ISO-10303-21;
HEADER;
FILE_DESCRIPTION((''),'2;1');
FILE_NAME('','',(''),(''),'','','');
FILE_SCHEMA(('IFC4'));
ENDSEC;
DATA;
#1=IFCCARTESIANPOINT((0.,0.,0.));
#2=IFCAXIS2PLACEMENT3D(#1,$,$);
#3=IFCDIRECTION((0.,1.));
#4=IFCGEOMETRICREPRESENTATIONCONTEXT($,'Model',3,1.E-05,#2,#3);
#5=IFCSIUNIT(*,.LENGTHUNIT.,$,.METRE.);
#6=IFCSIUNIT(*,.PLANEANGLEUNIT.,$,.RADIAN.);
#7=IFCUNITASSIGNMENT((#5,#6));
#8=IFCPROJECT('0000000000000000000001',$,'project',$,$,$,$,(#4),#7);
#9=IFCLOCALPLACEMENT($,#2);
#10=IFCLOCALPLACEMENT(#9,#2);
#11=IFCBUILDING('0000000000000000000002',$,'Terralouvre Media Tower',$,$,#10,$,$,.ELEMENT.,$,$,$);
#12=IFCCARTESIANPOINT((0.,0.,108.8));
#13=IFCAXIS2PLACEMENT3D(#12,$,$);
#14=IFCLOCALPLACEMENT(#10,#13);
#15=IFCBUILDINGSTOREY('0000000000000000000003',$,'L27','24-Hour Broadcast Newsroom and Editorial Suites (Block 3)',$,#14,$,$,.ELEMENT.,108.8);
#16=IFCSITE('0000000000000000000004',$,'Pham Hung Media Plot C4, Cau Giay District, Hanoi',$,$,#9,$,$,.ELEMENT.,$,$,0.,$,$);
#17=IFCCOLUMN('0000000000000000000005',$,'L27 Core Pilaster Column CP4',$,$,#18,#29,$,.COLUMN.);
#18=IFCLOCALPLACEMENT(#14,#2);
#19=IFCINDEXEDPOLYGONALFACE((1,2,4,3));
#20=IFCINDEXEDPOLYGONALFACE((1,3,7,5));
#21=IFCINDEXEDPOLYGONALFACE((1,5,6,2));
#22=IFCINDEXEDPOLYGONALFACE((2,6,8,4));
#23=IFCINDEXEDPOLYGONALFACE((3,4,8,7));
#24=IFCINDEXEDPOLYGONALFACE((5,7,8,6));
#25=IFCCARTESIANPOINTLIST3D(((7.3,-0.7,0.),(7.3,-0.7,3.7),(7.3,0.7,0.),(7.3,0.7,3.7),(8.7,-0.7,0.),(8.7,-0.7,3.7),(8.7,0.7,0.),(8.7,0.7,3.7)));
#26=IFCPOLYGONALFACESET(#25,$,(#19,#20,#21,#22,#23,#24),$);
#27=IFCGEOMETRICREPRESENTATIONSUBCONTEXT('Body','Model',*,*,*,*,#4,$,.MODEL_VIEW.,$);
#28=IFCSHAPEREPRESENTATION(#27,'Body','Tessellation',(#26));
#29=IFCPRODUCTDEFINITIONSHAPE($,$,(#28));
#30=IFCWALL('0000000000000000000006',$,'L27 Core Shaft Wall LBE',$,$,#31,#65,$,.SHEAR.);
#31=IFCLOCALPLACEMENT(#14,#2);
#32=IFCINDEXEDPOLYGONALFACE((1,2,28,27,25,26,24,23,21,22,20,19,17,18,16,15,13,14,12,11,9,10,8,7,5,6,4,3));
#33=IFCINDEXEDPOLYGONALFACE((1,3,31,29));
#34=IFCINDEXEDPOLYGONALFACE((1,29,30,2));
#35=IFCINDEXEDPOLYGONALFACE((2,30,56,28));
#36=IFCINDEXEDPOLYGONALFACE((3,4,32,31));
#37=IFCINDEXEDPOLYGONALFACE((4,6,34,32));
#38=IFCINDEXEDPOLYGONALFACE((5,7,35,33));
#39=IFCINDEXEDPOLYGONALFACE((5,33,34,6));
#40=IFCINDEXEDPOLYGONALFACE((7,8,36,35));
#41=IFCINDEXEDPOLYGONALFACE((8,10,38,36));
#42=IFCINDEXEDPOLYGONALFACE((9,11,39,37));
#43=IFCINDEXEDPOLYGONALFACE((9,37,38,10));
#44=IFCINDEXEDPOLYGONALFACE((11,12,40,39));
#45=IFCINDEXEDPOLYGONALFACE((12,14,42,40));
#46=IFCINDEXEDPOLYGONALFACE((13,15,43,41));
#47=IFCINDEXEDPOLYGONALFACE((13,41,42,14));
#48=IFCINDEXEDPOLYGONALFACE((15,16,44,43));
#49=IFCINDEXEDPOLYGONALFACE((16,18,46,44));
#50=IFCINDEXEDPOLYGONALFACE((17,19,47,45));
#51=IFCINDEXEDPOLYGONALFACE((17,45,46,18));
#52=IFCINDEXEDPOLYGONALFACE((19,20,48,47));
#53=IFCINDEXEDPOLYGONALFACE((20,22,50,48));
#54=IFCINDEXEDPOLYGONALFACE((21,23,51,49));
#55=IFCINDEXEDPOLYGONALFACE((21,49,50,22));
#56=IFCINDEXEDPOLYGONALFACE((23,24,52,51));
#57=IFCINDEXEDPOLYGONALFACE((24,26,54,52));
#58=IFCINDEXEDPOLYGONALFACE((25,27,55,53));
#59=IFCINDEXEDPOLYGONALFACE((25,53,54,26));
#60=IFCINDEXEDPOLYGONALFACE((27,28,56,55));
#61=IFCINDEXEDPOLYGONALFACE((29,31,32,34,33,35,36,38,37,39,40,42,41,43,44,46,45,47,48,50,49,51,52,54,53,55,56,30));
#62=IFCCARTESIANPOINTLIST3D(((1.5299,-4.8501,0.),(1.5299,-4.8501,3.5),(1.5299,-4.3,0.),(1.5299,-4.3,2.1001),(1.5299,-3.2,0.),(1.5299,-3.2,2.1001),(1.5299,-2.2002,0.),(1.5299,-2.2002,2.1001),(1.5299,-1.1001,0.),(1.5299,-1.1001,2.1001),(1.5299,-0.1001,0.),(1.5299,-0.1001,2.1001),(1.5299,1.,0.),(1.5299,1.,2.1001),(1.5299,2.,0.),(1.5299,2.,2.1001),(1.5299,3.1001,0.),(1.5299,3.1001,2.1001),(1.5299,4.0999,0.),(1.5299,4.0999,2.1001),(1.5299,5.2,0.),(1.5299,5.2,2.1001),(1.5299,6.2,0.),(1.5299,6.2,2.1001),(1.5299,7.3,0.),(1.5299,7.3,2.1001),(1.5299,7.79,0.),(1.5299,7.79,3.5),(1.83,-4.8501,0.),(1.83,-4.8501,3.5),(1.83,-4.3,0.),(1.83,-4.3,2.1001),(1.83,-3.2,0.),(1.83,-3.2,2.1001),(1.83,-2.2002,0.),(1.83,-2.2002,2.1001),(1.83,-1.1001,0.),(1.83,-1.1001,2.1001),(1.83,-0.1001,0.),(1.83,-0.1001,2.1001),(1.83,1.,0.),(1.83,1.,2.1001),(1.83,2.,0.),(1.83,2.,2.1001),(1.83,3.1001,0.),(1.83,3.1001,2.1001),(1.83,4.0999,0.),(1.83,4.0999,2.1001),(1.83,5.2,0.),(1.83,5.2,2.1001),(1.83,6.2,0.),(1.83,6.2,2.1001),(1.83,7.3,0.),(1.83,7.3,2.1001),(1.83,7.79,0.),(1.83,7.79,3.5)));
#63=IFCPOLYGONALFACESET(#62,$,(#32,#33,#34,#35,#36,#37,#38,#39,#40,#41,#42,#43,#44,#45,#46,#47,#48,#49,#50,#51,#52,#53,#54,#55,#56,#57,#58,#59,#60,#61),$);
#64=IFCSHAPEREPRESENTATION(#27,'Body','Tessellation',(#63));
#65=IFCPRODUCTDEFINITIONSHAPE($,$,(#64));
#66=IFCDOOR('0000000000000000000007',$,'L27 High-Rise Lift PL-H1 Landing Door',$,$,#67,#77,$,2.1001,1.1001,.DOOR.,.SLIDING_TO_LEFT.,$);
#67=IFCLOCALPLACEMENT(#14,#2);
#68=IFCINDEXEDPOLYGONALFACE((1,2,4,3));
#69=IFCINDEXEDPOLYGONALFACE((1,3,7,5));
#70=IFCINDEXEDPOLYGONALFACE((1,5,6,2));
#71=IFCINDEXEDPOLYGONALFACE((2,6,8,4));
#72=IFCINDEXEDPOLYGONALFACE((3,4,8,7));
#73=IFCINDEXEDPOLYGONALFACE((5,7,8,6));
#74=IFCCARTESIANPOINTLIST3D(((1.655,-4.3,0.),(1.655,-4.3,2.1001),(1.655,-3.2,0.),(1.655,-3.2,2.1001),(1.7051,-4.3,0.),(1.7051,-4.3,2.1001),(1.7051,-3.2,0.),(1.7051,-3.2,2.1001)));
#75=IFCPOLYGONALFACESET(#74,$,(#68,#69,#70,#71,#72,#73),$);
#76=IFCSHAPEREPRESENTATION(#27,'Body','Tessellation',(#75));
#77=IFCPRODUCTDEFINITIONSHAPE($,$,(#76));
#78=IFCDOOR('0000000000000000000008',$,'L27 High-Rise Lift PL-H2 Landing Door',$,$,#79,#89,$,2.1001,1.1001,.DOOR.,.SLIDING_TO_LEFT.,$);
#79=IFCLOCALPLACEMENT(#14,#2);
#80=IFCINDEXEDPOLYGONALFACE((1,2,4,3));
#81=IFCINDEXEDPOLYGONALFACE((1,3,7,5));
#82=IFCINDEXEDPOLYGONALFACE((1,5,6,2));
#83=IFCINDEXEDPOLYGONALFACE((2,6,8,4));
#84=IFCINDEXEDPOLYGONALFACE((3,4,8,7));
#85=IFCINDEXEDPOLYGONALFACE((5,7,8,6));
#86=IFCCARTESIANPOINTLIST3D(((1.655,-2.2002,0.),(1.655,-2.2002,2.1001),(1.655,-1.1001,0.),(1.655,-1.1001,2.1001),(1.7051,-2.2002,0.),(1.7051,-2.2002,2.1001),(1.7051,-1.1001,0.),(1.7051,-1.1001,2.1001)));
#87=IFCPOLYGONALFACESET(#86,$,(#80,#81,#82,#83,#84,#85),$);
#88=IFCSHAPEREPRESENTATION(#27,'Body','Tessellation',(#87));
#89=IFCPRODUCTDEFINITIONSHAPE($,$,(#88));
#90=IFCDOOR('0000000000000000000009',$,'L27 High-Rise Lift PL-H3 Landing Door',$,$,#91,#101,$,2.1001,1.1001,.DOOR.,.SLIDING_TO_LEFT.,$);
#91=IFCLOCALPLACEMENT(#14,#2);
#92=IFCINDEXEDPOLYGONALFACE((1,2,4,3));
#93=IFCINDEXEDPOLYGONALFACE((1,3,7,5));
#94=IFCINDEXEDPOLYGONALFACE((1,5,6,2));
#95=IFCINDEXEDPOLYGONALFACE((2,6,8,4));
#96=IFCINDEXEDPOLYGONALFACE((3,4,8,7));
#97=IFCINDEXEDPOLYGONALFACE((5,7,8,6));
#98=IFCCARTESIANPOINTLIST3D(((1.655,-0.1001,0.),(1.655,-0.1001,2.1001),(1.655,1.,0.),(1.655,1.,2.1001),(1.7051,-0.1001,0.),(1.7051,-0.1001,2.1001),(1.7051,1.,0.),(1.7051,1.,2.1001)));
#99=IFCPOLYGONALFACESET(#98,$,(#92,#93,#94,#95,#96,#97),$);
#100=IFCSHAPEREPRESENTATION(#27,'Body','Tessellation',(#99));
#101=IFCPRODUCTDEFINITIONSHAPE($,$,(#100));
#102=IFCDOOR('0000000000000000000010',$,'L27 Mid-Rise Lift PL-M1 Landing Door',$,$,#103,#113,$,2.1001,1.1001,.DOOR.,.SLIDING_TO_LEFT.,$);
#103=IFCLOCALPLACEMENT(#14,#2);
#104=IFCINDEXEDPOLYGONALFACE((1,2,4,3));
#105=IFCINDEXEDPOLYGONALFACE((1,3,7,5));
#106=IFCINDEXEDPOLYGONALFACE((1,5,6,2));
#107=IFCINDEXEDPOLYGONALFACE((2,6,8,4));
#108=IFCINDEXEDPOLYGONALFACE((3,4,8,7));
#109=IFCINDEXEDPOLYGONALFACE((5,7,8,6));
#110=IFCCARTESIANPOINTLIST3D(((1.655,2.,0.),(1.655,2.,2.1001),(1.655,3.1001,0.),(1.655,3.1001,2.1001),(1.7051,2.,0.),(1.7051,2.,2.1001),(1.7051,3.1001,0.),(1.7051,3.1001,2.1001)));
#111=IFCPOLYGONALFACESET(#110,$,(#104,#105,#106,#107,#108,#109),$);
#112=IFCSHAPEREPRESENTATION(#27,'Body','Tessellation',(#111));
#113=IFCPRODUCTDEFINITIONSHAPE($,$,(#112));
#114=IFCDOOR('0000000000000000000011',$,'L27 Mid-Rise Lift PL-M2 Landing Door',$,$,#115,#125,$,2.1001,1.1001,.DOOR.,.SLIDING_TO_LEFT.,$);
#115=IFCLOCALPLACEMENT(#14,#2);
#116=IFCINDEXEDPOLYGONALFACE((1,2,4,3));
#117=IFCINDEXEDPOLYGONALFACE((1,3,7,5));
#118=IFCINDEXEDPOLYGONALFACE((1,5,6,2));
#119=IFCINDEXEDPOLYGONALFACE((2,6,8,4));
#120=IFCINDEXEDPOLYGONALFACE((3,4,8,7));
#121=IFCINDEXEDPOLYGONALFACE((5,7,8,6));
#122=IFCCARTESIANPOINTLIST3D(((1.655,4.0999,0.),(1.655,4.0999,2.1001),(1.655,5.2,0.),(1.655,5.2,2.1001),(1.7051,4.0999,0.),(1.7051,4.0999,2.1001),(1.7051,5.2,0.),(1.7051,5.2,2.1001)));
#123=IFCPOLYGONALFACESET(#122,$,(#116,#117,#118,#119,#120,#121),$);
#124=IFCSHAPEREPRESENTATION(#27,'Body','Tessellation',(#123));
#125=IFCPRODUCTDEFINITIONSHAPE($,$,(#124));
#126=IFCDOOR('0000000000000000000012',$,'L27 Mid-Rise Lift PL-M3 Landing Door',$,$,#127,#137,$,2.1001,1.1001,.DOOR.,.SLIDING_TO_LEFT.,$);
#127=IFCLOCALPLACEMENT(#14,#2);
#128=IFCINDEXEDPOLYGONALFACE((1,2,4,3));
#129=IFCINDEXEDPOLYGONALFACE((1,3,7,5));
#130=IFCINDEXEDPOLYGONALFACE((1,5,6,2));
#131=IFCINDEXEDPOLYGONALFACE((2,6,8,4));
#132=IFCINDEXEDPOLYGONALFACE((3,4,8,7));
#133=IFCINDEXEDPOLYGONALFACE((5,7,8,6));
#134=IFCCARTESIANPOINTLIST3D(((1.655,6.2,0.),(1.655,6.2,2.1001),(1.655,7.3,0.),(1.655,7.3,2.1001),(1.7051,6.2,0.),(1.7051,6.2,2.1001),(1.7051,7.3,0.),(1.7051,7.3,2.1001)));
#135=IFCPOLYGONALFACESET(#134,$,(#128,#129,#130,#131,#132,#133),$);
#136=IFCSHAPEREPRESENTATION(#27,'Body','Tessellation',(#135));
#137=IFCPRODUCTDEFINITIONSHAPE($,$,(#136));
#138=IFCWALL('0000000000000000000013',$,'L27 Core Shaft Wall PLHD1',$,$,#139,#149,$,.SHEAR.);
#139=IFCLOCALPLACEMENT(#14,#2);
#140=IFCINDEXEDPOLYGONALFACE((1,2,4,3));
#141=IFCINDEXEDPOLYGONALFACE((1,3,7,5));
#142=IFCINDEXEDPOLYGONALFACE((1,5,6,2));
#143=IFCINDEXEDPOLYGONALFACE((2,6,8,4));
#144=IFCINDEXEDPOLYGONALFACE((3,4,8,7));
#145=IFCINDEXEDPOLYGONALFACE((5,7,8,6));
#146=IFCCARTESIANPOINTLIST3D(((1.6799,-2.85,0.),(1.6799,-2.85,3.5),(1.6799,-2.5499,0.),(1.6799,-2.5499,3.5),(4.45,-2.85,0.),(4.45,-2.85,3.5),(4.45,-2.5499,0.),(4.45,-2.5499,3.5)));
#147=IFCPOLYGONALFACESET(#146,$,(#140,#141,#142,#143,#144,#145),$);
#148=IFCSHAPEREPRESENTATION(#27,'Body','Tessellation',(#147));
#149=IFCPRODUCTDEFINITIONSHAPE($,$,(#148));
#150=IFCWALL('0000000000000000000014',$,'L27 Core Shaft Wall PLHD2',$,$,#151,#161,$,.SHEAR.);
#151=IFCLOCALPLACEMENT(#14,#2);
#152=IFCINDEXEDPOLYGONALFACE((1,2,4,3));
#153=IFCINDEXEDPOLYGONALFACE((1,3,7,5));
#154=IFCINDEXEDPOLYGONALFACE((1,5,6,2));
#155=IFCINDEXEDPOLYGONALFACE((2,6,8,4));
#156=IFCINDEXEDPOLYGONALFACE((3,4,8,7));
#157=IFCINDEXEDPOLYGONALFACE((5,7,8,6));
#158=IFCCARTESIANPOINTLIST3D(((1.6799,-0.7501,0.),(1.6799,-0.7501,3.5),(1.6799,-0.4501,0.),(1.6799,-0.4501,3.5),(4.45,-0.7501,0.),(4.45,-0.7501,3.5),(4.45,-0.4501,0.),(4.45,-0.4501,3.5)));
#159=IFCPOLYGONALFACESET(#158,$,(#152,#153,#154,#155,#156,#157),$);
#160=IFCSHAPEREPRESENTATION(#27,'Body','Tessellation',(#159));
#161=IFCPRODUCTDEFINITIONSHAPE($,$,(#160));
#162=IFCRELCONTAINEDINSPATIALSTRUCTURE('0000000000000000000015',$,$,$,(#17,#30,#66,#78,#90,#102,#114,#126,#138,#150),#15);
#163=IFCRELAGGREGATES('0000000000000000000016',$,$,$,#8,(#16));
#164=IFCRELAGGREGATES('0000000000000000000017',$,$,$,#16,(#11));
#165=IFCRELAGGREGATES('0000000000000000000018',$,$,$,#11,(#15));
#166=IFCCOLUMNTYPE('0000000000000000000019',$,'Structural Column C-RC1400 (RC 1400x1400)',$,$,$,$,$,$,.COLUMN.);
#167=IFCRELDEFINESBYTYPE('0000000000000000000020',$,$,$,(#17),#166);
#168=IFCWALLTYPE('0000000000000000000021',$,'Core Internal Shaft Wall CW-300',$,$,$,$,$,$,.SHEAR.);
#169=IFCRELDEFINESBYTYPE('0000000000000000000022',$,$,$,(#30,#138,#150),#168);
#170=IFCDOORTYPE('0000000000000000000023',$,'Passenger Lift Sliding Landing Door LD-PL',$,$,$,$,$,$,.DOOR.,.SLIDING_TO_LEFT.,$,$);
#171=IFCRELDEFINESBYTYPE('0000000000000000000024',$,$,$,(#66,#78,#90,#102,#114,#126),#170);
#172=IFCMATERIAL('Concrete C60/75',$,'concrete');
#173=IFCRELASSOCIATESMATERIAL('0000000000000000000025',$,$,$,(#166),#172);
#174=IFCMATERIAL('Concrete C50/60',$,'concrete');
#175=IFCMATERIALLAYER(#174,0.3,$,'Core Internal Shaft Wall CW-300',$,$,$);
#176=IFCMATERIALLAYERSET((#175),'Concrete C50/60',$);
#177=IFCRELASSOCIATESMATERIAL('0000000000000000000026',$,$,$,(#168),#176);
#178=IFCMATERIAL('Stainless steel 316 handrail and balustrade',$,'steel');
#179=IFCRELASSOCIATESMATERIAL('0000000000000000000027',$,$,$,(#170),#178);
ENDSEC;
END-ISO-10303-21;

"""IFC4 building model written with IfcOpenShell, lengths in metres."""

from ifc_helpers import new_model, si_unit, direction, frame, frame_2d, origin, origin_2d, place, context, subcontext, project, spatial, rectangle, extrude, material, layer, layer_set, material_profile, profile_set, type_object, element, fill, save


model = new_model("IFC4")

# Units and contexts
model_context = context("Model", 3, precision=1e-05, world=origin(), true_north=direction((0.0, 1.0)))
body_context = subcontext(model_context, "Body", "Model", "MODEL_VIEW")
ifc_project = project(units=[si_unit("LENGTHUNIT", "METRE"), si_unit("PLANEANGLEUNIT", "RADIAN")], contexts=[model_context])

# Site, building, storey
site_placement = place(None, origin())
site = spatial("IfcSite", under=ifc_project, at=site_placement, Name="Pham Hung Media Plot C4, Cau Giay District, Hanoi", CompositionType="ELEMENT", RefElevation=0.0)
building_placement = place(site_placement, origin())
building = spatial("IfcBuilding", under=site, at=building_placement, Name="Terralouvre Media Tower", CompositionType="ELEMENT")
storey_placement = place(building_placement, frame((0.0, 0.0, 108.8)))
storey = spatial("IfcBuildingStorey", under=building, at=storey_placement, Name="L27", Description="24-Hour Broadcast Newsroom and Editorial Suites (Block 3)", CompositionType="ELEMENT", Elevation=108.8)

# Column
ifc_material_1 = material(Name="Concrete C60/75", Category="concrete")
ifc_material_profile = material_profile(ifc_material_1, rectangle(XDim=1.3999, YDim=1.3999, at=origin_2d()), Name="RC 1400x1400")
ifc_profile_set = profile_set([ifc_material_profile], Name="Concrete C60/75")
column_type = type_object("IfcColumnType", Name="Structural Column C-RC1400 (RC 1400x1400)", PredefinedType="COLUMN", material=ifc_profile_set)
column_placement = place(storey_placement, frame((8.0, 0.0, 0.0), z_axis=(0.0, 0.0, 1.0), x_axis=(1.0, 0.0, 0.0)))
element("IfcColumn", 1, at=column_placement, inside=storey, type_object=column_type, Name="L27 Core Pilaster Column CP4", PredefinedType="COLUMN", context=body_context, shape_type="SweptSolid", body=[
    extrude(rectangle(XDim=1.3999, YDim=1.3999, at=origin_2d()), origin(), (0.0, 0.0, 1.0), 3.7),
])

# Shared definitions
ifc_material_2 = material(Name="Concrete C50/60", Category="concrete")
ifc_layer_1 = layer(ifc_material_2, 0.3, Name="Core Internal Shaft Wall CW-300")
ifc_layer_set_1 = layer_set([ifc_layer_1], Name="Concrete C50/60")
wall_type = type_object("IfcWallType", Name="Core Internal Shaft Wall CW-300", PredefinedType="SHEAR", material=ifc_layer_set_1)

# Wall, openings, doors
wall_1_placement = place(storey_placement, frame((1.6799, -4.8501, 0.0), z_axis=(0.0, 0.0, 1.0), x_axis=(0.0, 1.0, 0.0)))
wall_1 = element("IfcWall", 2, at=wall_1_placement, inside=storey, type_object=wall_type, Name="L27 Core Shaft Wall LBE", PredefinedType="SHEAR", context=body_context, shape_type="SweptSolid", body=[
    extrude(rectangle(XDim=12.6401, YDim=0.3, at=frame_2d((6.3201, 0.0))), origin(), (0.0, 0.0, 1.0), 3.5),
])
opening_1_placement = place(wall_1_placement, frame((0.55, 0.0, 0.0)))
opening_1 = element("IfcOpeningElement", 3, at=opening_1_placement, cuts=wall_1, PredefinedType="OPENING", context=body_context, shape_type="SweptSolid", body=[
    extrude(rectangle(XDim=1.1001, YDim=2.1001, at=frame_2d((0.55, 1.05))), frame((0.0, 0.1599, 0.0), z_axis=(0.0, -1.0, 0.0), x_axis=(1.0, 0.0, 0.0)), (0.0, 0.0, 1.0), 0.3201),
])
opening_2_placement = place(wall_1_placement, frame((2.6499, 0.0, 0.0)))
opening_2 = element("IfcOpeningElement", 4, at=opening_2_placement, cuts=wall_1, PredefinedType="OPENING", context=body_context, shape_type="SweptSolid", body=[
    extrude(rectangle(XDim=1.1001, YDim=2.1001, at=frame_2d((0.55, 1.05))), frame((0.0, 0.1599, 0.0), z_axis=(0.0, -1.0, 0.0), x_axis=(1.0, 0.0, 0.0)), (0.0, 0.0, 1.0), 0.3201),
])
opening_3_placement = place(wall_1_placement, frame((4.75, 0.0, 0.0)))
opening_3 = element("IfcOpeningElement", 5, at=opening_3_placement, cuts=wall_1, PredefinedType="OPENING", context=body_context, shape_type="SweptSolid", body=[
    extrude(rectangle(XDim=1.1001, YDim=2.1001, at=frame_2d((0.55, 1.05))), frame((0.0, 0.1599, 0.0), z_axis=(0.0, -1.0, 0.0), x_axis=(1.0, 0.0, 0.0)), (0.0, 0.0, 1.0), 0.3201),
])
opening_4_placement = place(wall_1_placement, frame((6.8501, 0.0, 0.0)))
opening_4 = element("IfcOpeningElement", 6, at=opening_4_placement, cuts=wall_1, PredefinedType="OPENING", context=body_context, shape_type="SweptSolid", body=[
    extrude(rectangle(XDim=1.1001, YDim=2.1001, at=frame_2d((0.55, 1.05))), frame((0.0, 0.1599, 0.0), z_axis=(0.0, -1.0, 0.0), x_axis=(1.0, 0.0, 0.0)), (0.0, 0.0, 1.0), 0.3201),
])
opening_5_placement = place(wall_1_placement, frame((8.95, 0.0, 0.0)))
opening_5 = element("IfcOpeningElement", 7, at=opening_5_placement, cuts=wall_1, PredefinedType="OPENING", context=body_context, shape_type="SweptSolid", body=[
    extrude(rectangle(XDim=1.1001, YDim=2.1001, at=frame_2d((0.55, 1.05))), frame((0.0, 0.1599, 0.0), z_axis=(0.0, -1.0, 0.0), x_axis=(1.0, 0.0, 0.0)), (0.0, 0.0, 1.0), 0.3201),
])
opening_6_placement = place(wall_1_placement, frame((11.05, 0.0, 0.0)))
opening_6 = element("IfcOpeningElement", 8, at=opening_6_placement, cuts=wall_1, PredefinedType="OPENING", context=body_context, shape_type="SweptSolid", body=[
    extrude(rectangle(XDim=1.1001, YDim=2.1001, at=frame_2d((0.55, 1.05))), frame((0.0, 0.1599, 0.0), z_axis=(0.0, -1.0, 0.0), x_axis=(1.0, 0.0, 0.0)), (0.0, 0.0, 1.0), 0.3201),
])
ifc_material_3 = material(Name="Stainless steel 316 handrail and balustrade", Category="steel")
door_type_1 = type_object("IfcDoorType", Name="Passenger Lift Sliding Landing Door LD-PL", OperationType="SLIDING_TO_LEFT", PredefinedType="DOOR", material=ifc_material_3)
door_1_placement = place(opening_1_placement, origin())
door_1 = element("IfcDoor", 9, at=door_1_placement, inside=storey, type_object=door_type_1, Name="L27 High-Rise Lift PL-H1 Landing Door", OperationType="SLIDING_TO_LEFT", OverallHeight=2.1001, OverallWidth=1.1001, PredefinedType="DOOR", context=body_context, shape_type="SweptSolid", body=[
    extrude(rectangle(XDim=1.1001, YDim=2.1001, at=frame_2d((0.55, 1.05))), frame((0.0, 0.0249, 0.0), z_axis=(0.0, -1.0, 0.0), x_axis=(1.0, 0.0, 0.0)), (0.0, 0.0, 1.0), 0.05),
])
fill(opening_1, door_1)
door_2_placement = place(opening_2_placement, origin())
door_2 = element("IfcDoor", 10, at=door_2_placement, inside=storey, type_object=door_type_1, Name="L27 High-Rise Lift PL-H2 Landing Door", OperationType="SLIDING_TO_LEFT", OverallHeight=2.1001, OverallWidth=1.1001, PredefinedType="DOOR", context=body_context, shape_type="SweptSolid", body=[
    extrude(rectangle(XDim=1.1001, YDim=2.1001, at=frame_2d((0.55, 1.05))), frame((0.0, 0.0249, 0.0), z_axis=(0.0, -1.0, 0.0), x_axis=(1.0, 0.0, 0.0)), (0.0, 0.0, 1.0), 0.05),
])
fill(opening_2, door_2)
door_3_placement = place(opening_3_placement, origin())
door_3 = element("IfcDoor", 11, at=door_3_placement, inside=storey, type_object=door_type_1, Name="L27 High-Rise Lift PL-H3 Landing Door", OperationType="SLIDING_TO_LEFT", OverallHeight=2.1001, OverallWidth=1.1001, PredefinedType="DOOR", context=body_context, shape_type="SweptSolid", body=[
    extrude(rectangle(XDim=1.1001, YDim=2.1001, at=frame_2d((0.55, 1.05))), frame((0.0, 0.0249, 0.0), z_axis=(0.0, -1.0, 0.0), x_axis=(1.0, 0.0, 0.0)), (0.0, 0.0, 1.0), 0.05),
])
fill(opening_3, door_3)
door_4_placement = place(opening_4_placement, origin())
door_4 = element("IfcDoor", 12, at=door_4_placement, inside=storey, type_object=door_type_1, Name="L27 Mid-Rise Lift PL-M1 Landing Door", OperationType="SLIDING_TO_LEFT", OverallHeight=2.1001, OverallWidth=1.1001, PredefinedType="DOOR", context=body_context, shape_type="SweptSolid", body=[
    extrude(rectangle(XDim=1.1001, YDim=2.1001, at=frame_2d((0.55, 1.05))), frame((0.0, 0.0249, 0.0), z_axis=(0.0, -1.0, 0.0), x_axis=(1.0, 0.0, 0.0)), (0.0, 0.0, 1.0), 0.05),
])
fill(opening_4, door_4)
door_5_placement = place(opening_5_placement, origin())
door_5 = element("IfcDoor", 13, at=door_5_placement, inside=storey, type_object=door_type_1, Name="L27 Mid-Rise Lift PL-M2 Landing Door", OperationType="SLIDING_TO_LEFT", OverallHeight=2.1001, OverallWidth=1.1001, PredefinedType="DOOR", context=body_context, shape_type="SweptSolid", body=[
    extrude(rectangle(XDim=1.1001, YDim=2.1001, at=frame_2d((0.55, 1.05))), frame((0.0, 0.0249, 0.0), z_axis=(0.0, -1.0, 0.0), x_axis=(1.0, 0.0, 0.0)), (0.0, 0.0, 1.0), 0.05),
])
fill(opening_5, door_5)
door_6_placement = place(opening_6_placement, origin())
door_6 = element("IfcDoor", 14, at=door_6_placement, inside=storey, type_object=door_type_1, Name="L27 Mid-Rise Lift PL-M3 Landing Door", OperationType="SLIDING_TO_LEFT", OverallHeight=2.1001, OverallWidth=1.1001, PredefinedType="DOOR", context=body_context, shape_type="SweptSolid", body=[
    extrude(rectangle(XDim=1.1001, YDim=2.1001, at=frame_2d((0.55, 1.05))), frame((0.0, 0.0249, 0.0), z_axis=(0.0, -1.0, 0.0), x_axis=(1.0, 0.0, 0.0)), (0.0, 0.0, 1.0), 0.05),
])
fill(opening_6, door_6)

# Walls
for number, where, z_axis, x_axis, name in (
    (15, (1.6799, -2.7, 0.0), (0.0, 0.0, 1.0), (1.0, 0.0, 0.0), "L27 Core Shaft Wall PLHD1"),
    (16, (1.6799, -0.6001, 0.0), (0.0, 0.0, 1.0), (1.0, 0.0, 0.0), "L27 Core Shaft Wall PLHD2"),
):
    element("IfcWall", number, at=place(storey_placement, frame(where, z_axis=z_axis, x_axis=x_axis)), inside=storey, type_object=wall_type, Name=name, PredefinedType="SHEAR", context=body_context, shape_type="SweptSolid", body=[
        extrude(rectangle(XDim=2.77, YDim=0.3, at=frame_2d((1.385, 0.0))), origin(), (0.0, 0.0, 1.0), 3.5),
    ])

save(model, "model.ifc")
